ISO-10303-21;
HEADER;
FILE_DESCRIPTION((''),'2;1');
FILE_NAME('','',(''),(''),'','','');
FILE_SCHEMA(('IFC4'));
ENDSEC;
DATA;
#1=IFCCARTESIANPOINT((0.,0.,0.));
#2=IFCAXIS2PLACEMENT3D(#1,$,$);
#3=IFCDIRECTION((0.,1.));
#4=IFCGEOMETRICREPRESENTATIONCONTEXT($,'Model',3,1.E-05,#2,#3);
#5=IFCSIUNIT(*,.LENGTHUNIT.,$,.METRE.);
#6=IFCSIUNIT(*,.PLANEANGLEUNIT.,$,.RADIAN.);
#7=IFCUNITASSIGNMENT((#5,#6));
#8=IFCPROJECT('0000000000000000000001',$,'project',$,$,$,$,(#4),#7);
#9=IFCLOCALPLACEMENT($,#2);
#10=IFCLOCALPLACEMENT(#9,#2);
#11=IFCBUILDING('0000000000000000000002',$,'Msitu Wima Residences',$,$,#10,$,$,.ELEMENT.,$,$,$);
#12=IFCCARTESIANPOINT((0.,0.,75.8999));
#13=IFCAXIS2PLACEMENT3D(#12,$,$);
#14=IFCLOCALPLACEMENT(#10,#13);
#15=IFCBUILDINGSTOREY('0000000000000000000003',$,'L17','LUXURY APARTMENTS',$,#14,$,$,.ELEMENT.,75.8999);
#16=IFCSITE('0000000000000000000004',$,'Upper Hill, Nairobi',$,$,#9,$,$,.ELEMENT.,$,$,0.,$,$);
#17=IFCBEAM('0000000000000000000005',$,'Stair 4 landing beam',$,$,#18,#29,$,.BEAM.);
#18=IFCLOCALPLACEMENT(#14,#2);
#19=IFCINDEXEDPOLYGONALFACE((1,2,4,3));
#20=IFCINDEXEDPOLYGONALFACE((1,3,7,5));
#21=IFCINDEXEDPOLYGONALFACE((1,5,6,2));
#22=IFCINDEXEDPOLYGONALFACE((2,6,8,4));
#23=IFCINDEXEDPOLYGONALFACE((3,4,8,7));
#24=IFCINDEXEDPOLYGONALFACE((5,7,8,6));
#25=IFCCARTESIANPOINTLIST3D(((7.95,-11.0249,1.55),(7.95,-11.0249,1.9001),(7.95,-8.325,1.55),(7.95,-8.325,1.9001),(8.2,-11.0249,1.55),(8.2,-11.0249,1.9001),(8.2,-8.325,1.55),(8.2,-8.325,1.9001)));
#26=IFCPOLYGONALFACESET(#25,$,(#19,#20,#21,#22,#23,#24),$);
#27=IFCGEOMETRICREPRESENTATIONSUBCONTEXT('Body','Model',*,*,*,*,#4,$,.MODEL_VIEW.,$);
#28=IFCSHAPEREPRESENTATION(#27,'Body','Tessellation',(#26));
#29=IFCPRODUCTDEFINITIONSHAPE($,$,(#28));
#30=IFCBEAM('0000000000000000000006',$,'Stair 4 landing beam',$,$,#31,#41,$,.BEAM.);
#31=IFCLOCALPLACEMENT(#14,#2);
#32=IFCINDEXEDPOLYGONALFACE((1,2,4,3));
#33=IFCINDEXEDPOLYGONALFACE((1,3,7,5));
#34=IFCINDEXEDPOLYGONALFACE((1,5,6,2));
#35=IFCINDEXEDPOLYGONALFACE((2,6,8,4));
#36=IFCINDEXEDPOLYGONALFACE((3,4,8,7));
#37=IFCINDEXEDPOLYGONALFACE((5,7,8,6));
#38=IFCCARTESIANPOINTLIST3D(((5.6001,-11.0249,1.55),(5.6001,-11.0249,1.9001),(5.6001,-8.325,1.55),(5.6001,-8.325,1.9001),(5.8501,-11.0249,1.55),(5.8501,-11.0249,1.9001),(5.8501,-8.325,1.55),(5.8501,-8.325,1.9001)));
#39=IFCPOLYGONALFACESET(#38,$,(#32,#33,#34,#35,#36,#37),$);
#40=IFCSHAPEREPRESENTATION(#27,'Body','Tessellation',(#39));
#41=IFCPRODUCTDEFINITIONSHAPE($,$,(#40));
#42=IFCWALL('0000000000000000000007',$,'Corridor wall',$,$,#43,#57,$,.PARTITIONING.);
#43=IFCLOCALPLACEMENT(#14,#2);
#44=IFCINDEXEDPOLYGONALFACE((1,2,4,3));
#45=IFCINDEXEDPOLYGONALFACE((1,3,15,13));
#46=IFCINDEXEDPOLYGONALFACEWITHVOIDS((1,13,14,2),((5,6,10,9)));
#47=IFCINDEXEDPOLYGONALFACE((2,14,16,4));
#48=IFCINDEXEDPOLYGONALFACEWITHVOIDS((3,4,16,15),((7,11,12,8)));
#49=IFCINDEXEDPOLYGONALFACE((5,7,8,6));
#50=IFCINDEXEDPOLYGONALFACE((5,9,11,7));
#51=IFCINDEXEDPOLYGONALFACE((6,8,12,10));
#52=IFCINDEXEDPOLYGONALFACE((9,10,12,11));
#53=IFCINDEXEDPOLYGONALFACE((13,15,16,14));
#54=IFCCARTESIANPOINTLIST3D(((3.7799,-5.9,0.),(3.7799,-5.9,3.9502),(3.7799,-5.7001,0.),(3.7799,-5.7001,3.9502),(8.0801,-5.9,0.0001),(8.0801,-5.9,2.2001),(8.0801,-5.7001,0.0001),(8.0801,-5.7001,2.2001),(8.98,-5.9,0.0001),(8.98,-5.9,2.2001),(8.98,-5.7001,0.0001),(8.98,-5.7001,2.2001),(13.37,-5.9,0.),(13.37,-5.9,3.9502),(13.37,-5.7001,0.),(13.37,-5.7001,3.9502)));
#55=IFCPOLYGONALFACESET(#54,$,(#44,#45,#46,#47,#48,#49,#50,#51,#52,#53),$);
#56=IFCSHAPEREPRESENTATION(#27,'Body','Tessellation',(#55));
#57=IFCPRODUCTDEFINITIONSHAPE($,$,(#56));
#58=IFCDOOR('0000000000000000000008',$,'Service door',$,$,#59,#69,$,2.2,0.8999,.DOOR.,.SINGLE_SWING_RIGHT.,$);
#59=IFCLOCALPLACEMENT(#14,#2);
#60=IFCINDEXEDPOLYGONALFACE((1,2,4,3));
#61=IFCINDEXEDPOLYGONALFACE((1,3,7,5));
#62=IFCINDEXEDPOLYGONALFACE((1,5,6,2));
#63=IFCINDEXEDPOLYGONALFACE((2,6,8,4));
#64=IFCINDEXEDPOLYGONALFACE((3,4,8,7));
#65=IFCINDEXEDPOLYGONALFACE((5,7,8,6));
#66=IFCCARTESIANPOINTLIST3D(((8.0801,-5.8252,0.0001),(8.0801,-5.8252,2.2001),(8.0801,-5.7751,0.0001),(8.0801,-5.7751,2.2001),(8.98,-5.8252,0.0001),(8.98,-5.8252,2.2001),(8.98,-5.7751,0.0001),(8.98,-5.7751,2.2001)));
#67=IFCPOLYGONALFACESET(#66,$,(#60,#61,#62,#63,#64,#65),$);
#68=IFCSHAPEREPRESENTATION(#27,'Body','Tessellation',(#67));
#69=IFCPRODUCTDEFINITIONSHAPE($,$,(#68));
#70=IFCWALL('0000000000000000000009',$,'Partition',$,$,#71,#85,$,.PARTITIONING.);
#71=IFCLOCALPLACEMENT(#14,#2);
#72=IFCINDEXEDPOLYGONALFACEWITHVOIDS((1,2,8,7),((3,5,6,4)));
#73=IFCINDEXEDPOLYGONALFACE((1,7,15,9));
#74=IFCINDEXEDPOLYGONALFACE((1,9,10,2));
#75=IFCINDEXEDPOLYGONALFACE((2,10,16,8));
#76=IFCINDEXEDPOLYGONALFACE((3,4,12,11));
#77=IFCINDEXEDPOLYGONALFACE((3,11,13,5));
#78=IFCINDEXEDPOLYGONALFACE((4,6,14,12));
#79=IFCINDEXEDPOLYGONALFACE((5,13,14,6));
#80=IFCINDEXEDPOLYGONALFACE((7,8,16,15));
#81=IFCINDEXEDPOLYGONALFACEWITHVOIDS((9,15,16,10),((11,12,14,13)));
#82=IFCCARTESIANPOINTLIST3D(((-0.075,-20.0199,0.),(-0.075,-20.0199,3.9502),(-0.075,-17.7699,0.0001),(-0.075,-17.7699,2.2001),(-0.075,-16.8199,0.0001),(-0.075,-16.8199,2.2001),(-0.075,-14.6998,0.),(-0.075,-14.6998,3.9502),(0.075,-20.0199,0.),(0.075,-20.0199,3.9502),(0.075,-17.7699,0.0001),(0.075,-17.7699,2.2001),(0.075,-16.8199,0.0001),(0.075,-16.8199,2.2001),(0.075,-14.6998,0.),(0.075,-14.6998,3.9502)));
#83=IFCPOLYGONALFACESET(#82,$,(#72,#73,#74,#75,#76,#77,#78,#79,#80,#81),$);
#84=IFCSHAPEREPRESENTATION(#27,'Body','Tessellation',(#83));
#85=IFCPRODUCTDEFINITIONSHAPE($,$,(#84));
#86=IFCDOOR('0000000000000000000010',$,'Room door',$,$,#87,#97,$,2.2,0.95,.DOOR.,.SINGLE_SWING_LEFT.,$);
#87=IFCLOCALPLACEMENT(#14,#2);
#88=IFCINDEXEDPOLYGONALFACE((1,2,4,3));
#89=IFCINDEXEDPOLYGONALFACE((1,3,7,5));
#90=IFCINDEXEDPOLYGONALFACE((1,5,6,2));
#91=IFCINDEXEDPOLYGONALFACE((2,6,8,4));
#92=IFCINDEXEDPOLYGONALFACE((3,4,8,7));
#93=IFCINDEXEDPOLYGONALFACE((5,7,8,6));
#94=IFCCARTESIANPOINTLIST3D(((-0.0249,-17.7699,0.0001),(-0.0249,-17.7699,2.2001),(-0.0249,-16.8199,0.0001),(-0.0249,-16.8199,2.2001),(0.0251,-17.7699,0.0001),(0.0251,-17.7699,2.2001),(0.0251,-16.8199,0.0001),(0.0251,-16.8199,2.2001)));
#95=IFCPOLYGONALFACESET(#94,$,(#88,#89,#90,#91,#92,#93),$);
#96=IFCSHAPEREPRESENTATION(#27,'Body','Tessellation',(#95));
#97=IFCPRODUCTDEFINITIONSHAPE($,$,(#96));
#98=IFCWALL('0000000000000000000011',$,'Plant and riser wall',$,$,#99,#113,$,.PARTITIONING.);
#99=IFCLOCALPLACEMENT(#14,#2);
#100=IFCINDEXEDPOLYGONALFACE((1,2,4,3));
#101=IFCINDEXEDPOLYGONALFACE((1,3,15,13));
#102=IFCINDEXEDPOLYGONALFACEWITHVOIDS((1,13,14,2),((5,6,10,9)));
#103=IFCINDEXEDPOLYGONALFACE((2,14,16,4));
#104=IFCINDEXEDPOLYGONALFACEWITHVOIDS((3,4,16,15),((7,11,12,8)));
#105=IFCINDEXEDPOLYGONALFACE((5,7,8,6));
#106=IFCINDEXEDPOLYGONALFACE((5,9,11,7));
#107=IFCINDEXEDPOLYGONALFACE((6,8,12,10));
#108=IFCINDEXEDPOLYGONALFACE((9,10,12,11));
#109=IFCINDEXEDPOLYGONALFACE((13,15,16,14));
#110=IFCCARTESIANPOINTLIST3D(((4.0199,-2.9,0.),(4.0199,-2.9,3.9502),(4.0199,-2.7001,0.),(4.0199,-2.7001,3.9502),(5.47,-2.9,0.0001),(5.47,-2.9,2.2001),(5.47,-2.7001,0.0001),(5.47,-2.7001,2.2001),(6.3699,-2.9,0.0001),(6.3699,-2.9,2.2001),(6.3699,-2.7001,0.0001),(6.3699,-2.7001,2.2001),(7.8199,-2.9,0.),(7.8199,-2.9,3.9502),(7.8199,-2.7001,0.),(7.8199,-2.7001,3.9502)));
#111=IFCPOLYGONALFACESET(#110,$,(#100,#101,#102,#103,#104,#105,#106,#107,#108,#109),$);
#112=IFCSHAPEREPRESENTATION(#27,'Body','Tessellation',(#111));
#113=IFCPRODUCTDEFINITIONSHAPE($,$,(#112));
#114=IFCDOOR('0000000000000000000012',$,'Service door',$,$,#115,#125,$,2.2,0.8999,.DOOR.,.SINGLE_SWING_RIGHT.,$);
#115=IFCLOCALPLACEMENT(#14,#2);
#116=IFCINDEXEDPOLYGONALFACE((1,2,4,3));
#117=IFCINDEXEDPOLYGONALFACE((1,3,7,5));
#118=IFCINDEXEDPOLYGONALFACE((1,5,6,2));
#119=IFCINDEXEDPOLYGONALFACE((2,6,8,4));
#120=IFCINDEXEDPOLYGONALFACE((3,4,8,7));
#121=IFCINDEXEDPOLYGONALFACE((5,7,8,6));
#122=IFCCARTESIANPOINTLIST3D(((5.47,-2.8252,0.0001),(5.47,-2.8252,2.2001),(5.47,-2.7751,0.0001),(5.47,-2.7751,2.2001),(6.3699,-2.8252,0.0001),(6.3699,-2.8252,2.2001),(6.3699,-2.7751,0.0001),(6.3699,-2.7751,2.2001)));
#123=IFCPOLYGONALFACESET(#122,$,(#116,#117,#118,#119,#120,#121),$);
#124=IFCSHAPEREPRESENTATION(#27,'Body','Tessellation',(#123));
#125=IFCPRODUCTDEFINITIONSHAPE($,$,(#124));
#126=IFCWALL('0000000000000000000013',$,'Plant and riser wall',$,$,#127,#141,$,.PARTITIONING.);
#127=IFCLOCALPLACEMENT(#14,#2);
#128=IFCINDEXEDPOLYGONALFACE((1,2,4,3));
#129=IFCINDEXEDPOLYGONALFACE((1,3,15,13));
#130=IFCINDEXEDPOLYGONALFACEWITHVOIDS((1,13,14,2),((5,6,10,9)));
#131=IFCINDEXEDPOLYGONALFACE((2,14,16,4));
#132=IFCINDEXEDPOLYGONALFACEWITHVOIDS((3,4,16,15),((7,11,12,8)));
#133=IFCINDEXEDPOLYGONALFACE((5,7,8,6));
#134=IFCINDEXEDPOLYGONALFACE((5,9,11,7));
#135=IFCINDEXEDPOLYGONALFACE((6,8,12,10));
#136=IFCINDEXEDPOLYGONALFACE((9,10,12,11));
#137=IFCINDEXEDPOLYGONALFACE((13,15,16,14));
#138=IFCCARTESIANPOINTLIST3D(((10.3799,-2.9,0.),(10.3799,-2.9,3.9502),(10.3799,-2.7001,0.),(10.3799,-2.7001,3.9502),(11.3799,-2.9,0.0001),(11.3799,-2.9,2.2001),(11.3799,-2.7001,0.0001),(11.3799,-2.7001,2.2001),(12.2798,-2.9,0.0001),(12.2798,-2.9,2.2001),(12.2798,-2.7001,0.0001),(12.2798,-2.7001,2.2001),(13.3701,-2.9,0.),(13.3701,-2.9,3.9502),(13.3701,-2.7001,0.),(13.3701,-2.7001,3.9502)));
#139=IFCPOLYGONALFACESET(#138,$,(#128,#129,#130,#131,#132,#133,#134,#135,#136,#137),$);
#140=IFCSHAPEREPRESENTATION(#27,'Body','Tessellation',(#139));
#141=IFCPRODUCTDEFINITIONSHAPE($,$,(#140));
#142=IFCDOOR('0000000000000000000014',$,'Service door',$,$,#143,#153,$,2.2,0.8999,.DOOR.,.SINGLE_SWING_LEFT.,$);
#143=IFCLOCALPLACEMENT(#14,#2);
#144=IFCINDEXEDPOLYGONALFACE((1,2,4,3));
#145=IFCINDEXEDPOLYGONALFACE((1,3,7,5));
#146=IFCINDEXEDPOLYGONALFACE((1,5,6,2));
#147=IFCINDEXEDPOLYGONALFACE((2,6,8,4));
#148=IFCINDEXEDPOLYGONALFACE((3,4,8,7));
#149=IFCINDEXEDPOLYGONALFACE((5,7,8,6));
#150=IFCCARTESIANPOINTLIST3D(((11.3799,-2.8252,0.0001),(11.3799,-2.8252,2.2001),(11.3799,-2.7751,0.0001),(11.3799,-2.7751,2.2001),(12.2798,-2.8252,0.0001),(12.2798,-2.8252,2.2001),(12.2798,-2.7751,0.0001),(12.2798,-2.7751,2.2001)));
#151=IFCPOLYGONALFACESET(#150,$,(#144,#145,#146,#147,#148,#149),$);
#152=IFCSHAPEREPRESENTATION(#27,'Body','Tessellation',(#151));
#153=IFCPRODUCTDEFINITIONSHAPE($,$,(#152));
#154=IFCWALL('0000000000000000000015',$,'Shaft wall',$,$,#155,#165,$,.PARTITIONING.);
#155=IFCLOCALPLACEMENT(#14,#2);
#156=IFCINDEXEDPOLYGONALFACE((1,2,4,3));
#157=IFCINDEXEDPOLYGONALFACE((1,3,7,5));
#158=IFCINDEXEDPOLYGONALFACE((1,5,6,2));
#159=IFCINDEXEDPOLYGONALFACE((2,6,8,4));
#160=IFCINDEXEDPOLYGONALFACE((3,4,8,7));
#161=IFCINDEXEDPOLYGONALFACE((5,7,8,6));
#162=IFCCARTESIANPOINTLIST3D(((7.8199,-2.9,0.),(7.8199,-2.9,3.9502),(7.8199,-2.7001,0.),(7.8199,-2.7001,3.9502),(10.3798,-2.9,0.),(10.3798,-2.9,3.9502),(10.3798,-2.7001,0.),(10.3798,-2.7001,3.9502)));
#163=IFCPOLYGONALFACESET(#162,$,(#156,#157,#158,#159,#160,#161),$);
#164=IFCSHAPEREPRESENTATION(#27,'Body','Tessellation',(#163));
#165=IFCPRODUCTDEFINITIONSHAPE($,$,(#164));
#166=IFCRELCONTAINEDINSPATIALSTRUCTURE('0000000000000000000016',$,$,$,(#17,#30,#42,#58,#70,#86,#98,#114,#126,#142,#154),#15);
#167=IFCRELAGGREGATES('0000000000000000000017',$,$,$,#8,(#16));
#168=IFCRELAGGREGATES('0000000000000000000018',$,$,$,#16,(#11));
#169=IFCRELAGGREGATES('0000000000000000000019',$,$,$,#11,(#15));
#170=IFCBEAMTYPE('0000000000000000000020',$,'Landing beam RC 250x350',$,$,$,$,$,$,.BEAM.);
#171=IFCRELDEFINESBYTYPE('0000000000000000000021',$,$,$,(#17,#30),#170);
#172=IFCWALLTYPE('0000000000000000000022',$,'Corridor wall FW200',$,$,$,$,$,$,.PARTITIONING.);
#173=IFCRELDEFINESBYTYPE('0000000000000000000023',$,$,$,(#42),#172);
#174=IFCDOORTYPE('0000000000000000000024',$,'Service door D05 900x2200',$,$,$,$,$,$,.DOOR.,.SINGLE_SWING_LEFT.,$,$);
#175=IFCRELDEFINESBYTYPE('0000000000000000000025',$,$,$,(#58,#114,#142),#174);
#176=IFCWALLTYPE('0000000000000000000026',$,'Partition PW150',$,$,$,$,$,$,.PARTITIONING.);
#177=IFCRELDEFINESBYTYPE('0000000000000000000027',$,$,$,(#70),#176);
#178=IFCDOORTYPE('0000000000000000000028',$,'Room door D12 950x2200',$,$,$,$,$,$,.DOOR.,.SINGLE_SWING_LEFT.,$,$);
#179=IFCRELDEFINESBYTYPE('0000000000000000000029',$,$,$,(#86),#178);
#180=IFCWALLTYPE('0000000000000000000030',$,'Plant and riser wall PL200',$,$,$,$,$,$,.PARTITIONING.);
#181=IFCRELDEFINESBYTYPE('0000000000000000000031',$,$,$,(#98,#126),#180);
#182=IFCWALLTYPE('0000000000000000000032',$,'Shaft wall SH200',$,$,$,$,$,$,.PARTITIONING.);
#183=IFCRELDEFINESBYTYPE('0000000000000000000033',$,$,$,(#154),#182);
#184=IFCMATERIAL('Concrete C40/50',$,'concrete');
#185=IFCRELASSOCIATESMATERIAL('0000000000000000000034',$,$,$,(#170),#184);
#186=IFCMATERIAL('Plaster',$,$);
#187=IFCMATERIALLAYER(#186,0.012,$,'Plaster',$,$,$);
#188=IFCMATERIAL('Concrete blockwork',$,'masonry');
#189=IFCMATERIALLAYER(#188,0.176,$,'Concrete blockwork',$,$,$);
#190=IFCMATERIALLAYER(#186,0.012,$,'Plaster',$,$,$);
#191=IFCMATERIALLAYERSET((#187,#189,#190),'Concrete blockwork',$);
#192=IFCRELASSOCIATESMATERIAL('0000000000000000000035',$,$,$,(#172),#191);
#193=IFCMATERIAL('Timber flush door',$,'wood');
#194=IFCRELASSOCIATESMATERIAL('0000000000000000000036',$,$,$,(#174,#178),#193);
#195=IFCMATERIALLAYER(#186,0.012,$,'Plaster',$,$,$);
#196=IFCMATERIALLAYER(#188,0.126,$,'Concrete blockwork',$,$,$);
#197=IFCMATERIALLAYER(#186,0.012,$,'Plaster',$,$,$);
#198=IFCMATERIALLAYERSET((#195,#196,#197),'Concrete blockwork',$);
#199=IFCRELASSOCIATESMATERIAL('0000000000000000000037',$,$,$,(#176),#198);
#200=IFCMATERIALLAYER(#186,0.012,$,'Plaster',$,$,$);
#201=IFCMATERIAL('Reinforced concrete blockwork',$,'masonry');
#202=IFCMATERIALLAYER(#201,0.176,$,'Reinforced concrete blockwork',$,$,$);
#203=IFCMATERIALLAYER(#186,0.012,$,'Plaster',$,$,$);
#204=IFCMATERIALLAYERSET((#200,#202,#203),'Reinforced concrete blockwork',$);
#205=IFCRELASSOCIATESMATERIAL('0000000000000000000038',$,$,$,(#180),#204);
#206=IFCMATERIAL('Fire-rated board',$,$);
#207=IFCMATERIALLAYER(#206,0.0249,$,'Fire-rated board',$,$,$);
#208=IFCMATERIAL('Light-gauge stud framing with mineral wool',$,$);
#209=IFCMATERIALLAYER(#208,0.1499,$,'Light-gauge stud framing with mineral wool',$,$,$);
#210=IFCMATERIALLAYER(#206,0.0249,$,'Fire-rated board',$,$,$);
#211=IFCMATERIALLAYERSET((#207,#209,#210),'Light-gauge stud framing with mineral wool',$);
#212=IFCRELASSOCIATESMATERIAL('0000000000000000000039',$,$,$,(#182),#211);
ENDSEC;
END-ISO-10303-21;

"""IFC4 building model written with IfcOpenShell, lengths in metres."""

from ifc_helpers import new_model, si_unit, direction, frame, frame_2d, origin, origin_2d, place, context, subcontext, project, spatial, rectangle, extrude, material, layer, layer_set, material_profile, profile_set, type_object, element, fill, save


model = new_model("IFC4")

# Units and contexts
model_context = context("Model", 3, precision=1e-05, world=origin(), true_north=direction((0.0, 1.0)))
body_context = subcontext(model_context, "Body", "Model", "MODEL_VIEW")
ifc_project = project(units=[si_unit("LENGTHUNIT", "METRE"), si_unit("PLANEANGLEUNIT", "RADIAN")], contexts=[model_context])

# Site, building, storey
site_placement = place(None, origin())
site = spatial("IfcSite", under=ifc_project, at=site_placement, Name="Upper Hill, Nairobi", CompositionType="ELEMENT", RefElevation=0.0)
building_placement = place(site_placement, origin())
building = spatial("IfcBuilding", under=site, at=building_placement, Name="Msitu Wima Residences", CompositionType="ELEMENT")
storey_placement = place(building_placement, frame((0.0, 0.0, 75.8999)))
storey = spatial("IfcBuildingStorey", under=building, at=storey_placement, Name="L17", Description="LUXURY APARTMENTS", CompositionType="ELEMENT", Elevation=75.8999)

# Beams
ifc_material_1 = material(Name="Concrete C40/50", Category="concrete")
ifc_material_profile = material_profile(ifc_material_1, rectangle(XDim=0.25, YDim=0.3501, at=origin_2d()), Name="RC 250x350")
ifc_profile_set = profile_set([ifc_material_profile], Name="Concrete C40/50")
beam_type = type_object("IfcBeamType", Name="Landing beam RC 250x350", PredefinedType="BEAM", material=ifc_profile_set)
for number, where, z_axis, x_axis, name in (
    (1, (8.075, -11.0249, 1.7251), (0.0, 1.0, 0.0), (-1.0, 0.0, 0.0), "Stair 4 landing beam"),
    (2, (5.7251, -11.0249, 1.7251), (0.0, 1.0, 0.0), (-1.0, 0.0, 0.0), "Stair 4 landing beam"),
):
    element("IfcBeam", number, at=place(storey_placement, frame(where, z_axis=z_axis, x_axis=x_axis)), inside=storey, type_object=beam_type, Name=name, PredefinedType="BEAM", context=body_context, shape_type="SweptSolid", body=[
        extrude(rectangle(XDim=0.25, YDim=0.3501, at=origin_2d()), origin(), (0.0, 0.0, 1.0), 2.7),
    ])

# Walls, openings, doors
ifc_material_2 = material(Name="Plaster")
ifc_layer_1 = layer(ifc_material_2, 0.012, Name="Plaster")
ifc_material_3 = material(Name="Concrete blockwork", Category="masonry")
ifc_layer_2 = layer(ifc_material_3, 0.176, Name="Concrete blockwork")
ifc_layer_3 = layer(ifc_material_2, 0.012, Name="Plaster")
ifc_layer_set_1 = layer_set([ifc_layer_1, ifc_layer_2, ifc_layer_3], Name="Concrete blockwork")
wall_type_1 = type_object("IfcWallType", Name="Corridor wall FW200", PredefinedType="PARTITIONING", material=ifc_layer_set_1)
wall_1_placement = place(storey_placement, frame((3.78, -5.8, 0.0), z_axis=(0.0, 0.0, 1.0), x_axis=(1.0, 0.0, 0.0)))
wall_1 = element("IfcWall", 3, at=wall_1_placement, inside=storey, type_object=wall_type_1, Name="Corridor wall", PredefinedType="PARTITIONING", context=body_context, shape_type="SweptSolid", body=[
    extrude(rectangle(XDim=9.5901, YDim=0.2, at=frame_2d((4.7949, 0.0))), origin(), (0.0, 0.0, 1.0), 3.9502),
])
opening_1_placement = place(wall_1_placement, frame((4.3, 0.0, 0.0)))
opening_1 = element("IfcOpeningElement", 4, at=opening_1_placement, cuts=wall_1, PredefinedType="OPENING", context=body_context, shape_type="SweptSolid", body=[
    extrude(rectangle(XDim=0.8999, YDim=2.2, at=frame_2d((0.45, 1.1001))), frame((0.0, 0.1099, 0.0), z_axis=(0.0, -1.0, 0.0), x_axis=(1.0, 0.0, 0.0)), (0.0, 0.0, 1.0), 0.22),
])
ifc_material_4 = material(Name="Timber flush door", Category="wood")
door_type_1 = type_object("IfcDoorType", Name="Service door D05 900x2200", OperationType="SINGLE_SWING_LEFT", PredefinedType="DOOR", material=ifc_material_4)
door_1_placement = place(opening_1_placement, origin())
door_1 = element("IfcDoor", 5, at=door_1_placement, inside=storey, type_object=door_type_1, Name="Service door", OperationType="SINGLE_SWING_RIGHT", OverallHeight=2.2, OverallWidth=0.8999, PredefinedType="DOOR", context=body_context, shape_type="SweptSolid", body=[
    extrude(rectangle(XDim=0.8999, YDim=2.2, at=frame_2d((0.45, 1.1001))), frame((0.0, 0.0249, 0.0), z_axis=(0.0, -1.0, 0.0), x_axis=(1.0, 0.0, 0.0)), (0.0, 0.0, 1.0), 0.05),
])
fill(opening_1, door_1)
ifc_layer_4 = layer(ifc_material_2, 0.012, Name="Plaster")
ifc_layer_5 = layer(ifc_material_3, 0.126, Name="Concrete blockwork")
ifc_layer_6 = layer(ifc_material_2, 0.012, Name="Plaster")
ifc_layer_set_2 = layer_set([ifc_layer_4, ifc_layer_5, ifc_layer_6], Name="Concrete blockwork")
wall_type_2 = type_object("IfcWallType", Name="Partition PW150", PredefinedType="PARTITIONING", material=ifc_layer_set_2)
wall_2_placement = place(storey_placement, frame((0.0, -20.02, 0.0), z_axis=(0.0, 0.0, 1.0), x_axis=(0.0, 1.0, 0.0)))
wall_2 = element("IfcWall", 6, at=wall_2_placement, inside=storey, type_object=wall_type_2, Name="Partition", PredefinedType="PARTITIONING", context=body_context, shape_type="SweptSolid", body=[
    extrude(rectangle(XDim=5.3201, YDim=0.1499, at=frame_2d((2.6602, 0.0))), origin(), (0.0, 0.0, 1.0), 3.9502),
])
opening_2_placement = place(wall_2_placement, frame((2.25, 0.0, 0.0)))
opening_2 = element("IfcOpeningElement", 7, at=opening_2_placement, cuts=wall_2, PredefinedType="OPENING", context=body_context, shape_type="SweptSolid", body=[
    extrude(rectangle(XDim=0.95, YDim=2.2, at=frame_2d((0.4751, 1.1001))), frame((0.0, 0.085, 0.0), z_axis=(0.0, -1.0, 0.0), x_axis=(1.0, 0.0, 0.0)), (0.0, 0.0, 1.0), 0.1699),
])
door_type_2 = type_object("IfcDoorType", Name="Room door D12 950x2200", OperationType="SINGLE_SWING_LEFT", PredefinedType="DOOR", material=ifc_material_4)
door_2_placement = place(opening_2_placement, origin())
door_2 = element("IfcDoor", 8, at=door_2_placement, inside=storey, type_object=door_type_2, Name="Room door", OperationType="SINGLE_SWING_LEFT", OverallHeight=2.2, OverallWidth=0.95, PredefinedType="DOOR", context=body_context, shape_type="SweptSolid", body=[
    extrude(rectangle(XDim=0.95, YDim=2.2, at=frame_2d((0.4751, 1.1001))), frame((0.0, 0.0249, 0.0), z_axis=(0.0, -1.0, 0.0), x_axis=(1.0, 0.0, 0.0)), (0.0, 0.0, 1.0), 0.05),
])
fill(opening_2, door_2)

# Shared definitions
ifc_layer_7 = layer(ifc_material_2, 0.012, Name="Plaster")
ifc_material_5 = material(Name="Reinforced concrete blockwork", Category="masonry")
ifc_layer_8 = layer(ifc_material_5, 0.176, Name="Reinforced concrete blockwork")
ifc_layer_9 = layer(ifc_material_2, 0.012, Name="Plaster")
ifc_layer_set_3 = layer_set([ifc_layer_7, ifc_layer_8, ifc_layer_9], Name="Reinforced concrete blockwork")
wall_type_3 = type_object("IfcWallType", Name="Plant and riser wall PL200", PredefinedType="PARTITIONING", material=ifc_layer_set_3)

# Walls, openings, doors
wall_3_placement = place(storey_placement, frame((4.02, -2.8, 0.0), z_axis=(0.0, 0.0, 1.0), x_axis=(1.0, 0.0, 0.0)))
wall_3 = element("IfcWall", 9, at=wall_3_placement, inside=storey, type_object=wall_type_3, Name="Plant and riser wall", PredefinedType="PARTITIONING", context=body_context, shape_type="SweptSolid", body=[
    extrude(rectangle(XDim=3.8, YDim=0.2, at=frame_2d((1.8999, 0.0))), origin(), (0.0, 0.0, 1.0), 3.9502),
])
opening_3_placement = place(wall_3_placement, frame((1.45, 0.0, 0.0)))
opening_3 = element("IfcOpeningElement", 10, at=opening_3_placement, cuts=wall_3, PredefinedType="OPENING", context=body_context, shape_type="SweptSolid", body=[
    extrude(rectangle(XDim=0.8999, YDim=2.2, at=frame_2d((0.45, 1.1001))), frame((0.0, 0.1099, 0.0), z_axis=(0.0, -1.0, 0.0), x_axis=(1.0, 0.0, 0.0)), (0.0, 0.0, 1.0), 0.22),
])
door_3_placement = place(opening_3_placement, origin())
door_3 = element("IfcDoor", 11, at=door_3_placement, inside=storey, type_object=door_type_1, Name="Service door", OperationType="SINGLE_SWING_RIGHT", OverallHeight=2.2, OverallWidth=0.8999, PredefinedType="DOOR", context=body_context, shape_type="SweptSolid", body=[
    extrude(rectangle(XDim=0.8999, YDim=2.2, at=frame_2d((0.45, 1.1001))), frame((0.0, 0.0249, 0.0), z_axis=(0.0, -1.0, 0.0), x_axis=(1.0, 0.0, 0.0)), (0.0, 0.0, 1.0), 0.05),
])
fill(opening_3, door_3)
wall_4_placement = place(storey_placement, frame((10.3799, -2.8, 0.0), z_axis=(0.0, 0.0, 1.0), x_axis=(1.0, 0.0, 0.0)))
wall_4 = element("IfcWall", 12, at=wall_4_placement, inside=storey, type_object=wall_type_3, Name="Plant and riser wall", PredefinedType="PARTITIONING", context=body_context, shape_type="SweptSolid", body=[
    extrude(rectangle(XDim=2.9902, YDim=0.2, at=frame_2d((1.4951, 0.0))), origin(), (0.0, 0.0, 1.0), 3.9502),
])
opening_4_placement = place(wall_4_placement, frame((1.0, 0.0, 0.0)))
opening_4 = element("IfcOpeningElement", 13, at=opening_4_placement, cuts=wall_4, PredefinedType="OPENING", context=body_context, shape_type="SweptSolid", body=[
    extrude(rectangle(XDim=0.8999, YDim=2.2, at=frame_2d((0.45, 1.1001))), frame((0.0, 0.1099, 0.0), z_axis=(0.0, -1.0, 0.0), x_axis=(1.0, 0.0, 0.0)), (0.0, 0.0, 1.0), 0.22),
])
door_4_placement = place(opening_4_placement, origin())
door_4 = element("IfcDoor", 14, at=door_4_placement, inside=storey, type_object=door_type_1, Name="Service door", OperationType="SINGLE_SWING_LEFT", OverallHeight=2.2, OverallWidth=0.8999, PredefinedType="DOOR", context=body_context, shape_type="SweptSolid", body=[
    extrude(rectangle(XDim=0.8999, YDim=2.2, at=frame_2d((0.45, 1.1001))), frame((0.0, 0.0249, 0.0), z_axis=(0.0, -1.0, 0.0), x_axis=(1.0, 0.0, 0.0)), (0.0, 0.0, 1.0), 0.05),
])
fill(opening_4, door_4)

# Wall
ifc_material_6 = material(Name="Fire-rated board")
ifc_layer_10 = layer(ifc_material_6, 0.0249, Name="Fire-rated board")
ifc_material_7 = material(Name="Light-gauge stud framing with mineral wool")
ifc_layer_11 = layer(ifc_material_7, 0.1499, Name="Light-gauge stud framing with mineral wool")
ifc_layer_12 = layer(ifc_material_6, 0.0249, Name="Fire-rated board")
ifc_layer_set_4 = layer_set([ifc_layer_10, ifc_layer_11, ifc_layer_12], Name="Light-gauge stud framing with mineral wool")
wall_type_4 = type_object("IfcWallType", Name="Shaft wall SH200", PredefinedType="PARTITIONING", material=ifc_layer_set_4)
wall_5_placement = place(storey_placement, frame((7.8201, -2.8, 0.0), z_axis=(0.0, 0.0, 1.0), x_axis=(1.0, 0.0, 0.0)))
element("IfcWall", 15, at=wall_5_placement, inside=storey, type_object=wall_type_4, Name="Shaft wall", PredefinedType="PARTITIONING", context=body_context, shape_type="SweptSolid", body=[
    extrude(rectangle(XDim=2.5598, YDim=0.2, at=frame_2d((1.2798, 0.0))), origin(), (0.0, 0.0, 1.0), 3.9502),
])

save(model, "model.ifc")
